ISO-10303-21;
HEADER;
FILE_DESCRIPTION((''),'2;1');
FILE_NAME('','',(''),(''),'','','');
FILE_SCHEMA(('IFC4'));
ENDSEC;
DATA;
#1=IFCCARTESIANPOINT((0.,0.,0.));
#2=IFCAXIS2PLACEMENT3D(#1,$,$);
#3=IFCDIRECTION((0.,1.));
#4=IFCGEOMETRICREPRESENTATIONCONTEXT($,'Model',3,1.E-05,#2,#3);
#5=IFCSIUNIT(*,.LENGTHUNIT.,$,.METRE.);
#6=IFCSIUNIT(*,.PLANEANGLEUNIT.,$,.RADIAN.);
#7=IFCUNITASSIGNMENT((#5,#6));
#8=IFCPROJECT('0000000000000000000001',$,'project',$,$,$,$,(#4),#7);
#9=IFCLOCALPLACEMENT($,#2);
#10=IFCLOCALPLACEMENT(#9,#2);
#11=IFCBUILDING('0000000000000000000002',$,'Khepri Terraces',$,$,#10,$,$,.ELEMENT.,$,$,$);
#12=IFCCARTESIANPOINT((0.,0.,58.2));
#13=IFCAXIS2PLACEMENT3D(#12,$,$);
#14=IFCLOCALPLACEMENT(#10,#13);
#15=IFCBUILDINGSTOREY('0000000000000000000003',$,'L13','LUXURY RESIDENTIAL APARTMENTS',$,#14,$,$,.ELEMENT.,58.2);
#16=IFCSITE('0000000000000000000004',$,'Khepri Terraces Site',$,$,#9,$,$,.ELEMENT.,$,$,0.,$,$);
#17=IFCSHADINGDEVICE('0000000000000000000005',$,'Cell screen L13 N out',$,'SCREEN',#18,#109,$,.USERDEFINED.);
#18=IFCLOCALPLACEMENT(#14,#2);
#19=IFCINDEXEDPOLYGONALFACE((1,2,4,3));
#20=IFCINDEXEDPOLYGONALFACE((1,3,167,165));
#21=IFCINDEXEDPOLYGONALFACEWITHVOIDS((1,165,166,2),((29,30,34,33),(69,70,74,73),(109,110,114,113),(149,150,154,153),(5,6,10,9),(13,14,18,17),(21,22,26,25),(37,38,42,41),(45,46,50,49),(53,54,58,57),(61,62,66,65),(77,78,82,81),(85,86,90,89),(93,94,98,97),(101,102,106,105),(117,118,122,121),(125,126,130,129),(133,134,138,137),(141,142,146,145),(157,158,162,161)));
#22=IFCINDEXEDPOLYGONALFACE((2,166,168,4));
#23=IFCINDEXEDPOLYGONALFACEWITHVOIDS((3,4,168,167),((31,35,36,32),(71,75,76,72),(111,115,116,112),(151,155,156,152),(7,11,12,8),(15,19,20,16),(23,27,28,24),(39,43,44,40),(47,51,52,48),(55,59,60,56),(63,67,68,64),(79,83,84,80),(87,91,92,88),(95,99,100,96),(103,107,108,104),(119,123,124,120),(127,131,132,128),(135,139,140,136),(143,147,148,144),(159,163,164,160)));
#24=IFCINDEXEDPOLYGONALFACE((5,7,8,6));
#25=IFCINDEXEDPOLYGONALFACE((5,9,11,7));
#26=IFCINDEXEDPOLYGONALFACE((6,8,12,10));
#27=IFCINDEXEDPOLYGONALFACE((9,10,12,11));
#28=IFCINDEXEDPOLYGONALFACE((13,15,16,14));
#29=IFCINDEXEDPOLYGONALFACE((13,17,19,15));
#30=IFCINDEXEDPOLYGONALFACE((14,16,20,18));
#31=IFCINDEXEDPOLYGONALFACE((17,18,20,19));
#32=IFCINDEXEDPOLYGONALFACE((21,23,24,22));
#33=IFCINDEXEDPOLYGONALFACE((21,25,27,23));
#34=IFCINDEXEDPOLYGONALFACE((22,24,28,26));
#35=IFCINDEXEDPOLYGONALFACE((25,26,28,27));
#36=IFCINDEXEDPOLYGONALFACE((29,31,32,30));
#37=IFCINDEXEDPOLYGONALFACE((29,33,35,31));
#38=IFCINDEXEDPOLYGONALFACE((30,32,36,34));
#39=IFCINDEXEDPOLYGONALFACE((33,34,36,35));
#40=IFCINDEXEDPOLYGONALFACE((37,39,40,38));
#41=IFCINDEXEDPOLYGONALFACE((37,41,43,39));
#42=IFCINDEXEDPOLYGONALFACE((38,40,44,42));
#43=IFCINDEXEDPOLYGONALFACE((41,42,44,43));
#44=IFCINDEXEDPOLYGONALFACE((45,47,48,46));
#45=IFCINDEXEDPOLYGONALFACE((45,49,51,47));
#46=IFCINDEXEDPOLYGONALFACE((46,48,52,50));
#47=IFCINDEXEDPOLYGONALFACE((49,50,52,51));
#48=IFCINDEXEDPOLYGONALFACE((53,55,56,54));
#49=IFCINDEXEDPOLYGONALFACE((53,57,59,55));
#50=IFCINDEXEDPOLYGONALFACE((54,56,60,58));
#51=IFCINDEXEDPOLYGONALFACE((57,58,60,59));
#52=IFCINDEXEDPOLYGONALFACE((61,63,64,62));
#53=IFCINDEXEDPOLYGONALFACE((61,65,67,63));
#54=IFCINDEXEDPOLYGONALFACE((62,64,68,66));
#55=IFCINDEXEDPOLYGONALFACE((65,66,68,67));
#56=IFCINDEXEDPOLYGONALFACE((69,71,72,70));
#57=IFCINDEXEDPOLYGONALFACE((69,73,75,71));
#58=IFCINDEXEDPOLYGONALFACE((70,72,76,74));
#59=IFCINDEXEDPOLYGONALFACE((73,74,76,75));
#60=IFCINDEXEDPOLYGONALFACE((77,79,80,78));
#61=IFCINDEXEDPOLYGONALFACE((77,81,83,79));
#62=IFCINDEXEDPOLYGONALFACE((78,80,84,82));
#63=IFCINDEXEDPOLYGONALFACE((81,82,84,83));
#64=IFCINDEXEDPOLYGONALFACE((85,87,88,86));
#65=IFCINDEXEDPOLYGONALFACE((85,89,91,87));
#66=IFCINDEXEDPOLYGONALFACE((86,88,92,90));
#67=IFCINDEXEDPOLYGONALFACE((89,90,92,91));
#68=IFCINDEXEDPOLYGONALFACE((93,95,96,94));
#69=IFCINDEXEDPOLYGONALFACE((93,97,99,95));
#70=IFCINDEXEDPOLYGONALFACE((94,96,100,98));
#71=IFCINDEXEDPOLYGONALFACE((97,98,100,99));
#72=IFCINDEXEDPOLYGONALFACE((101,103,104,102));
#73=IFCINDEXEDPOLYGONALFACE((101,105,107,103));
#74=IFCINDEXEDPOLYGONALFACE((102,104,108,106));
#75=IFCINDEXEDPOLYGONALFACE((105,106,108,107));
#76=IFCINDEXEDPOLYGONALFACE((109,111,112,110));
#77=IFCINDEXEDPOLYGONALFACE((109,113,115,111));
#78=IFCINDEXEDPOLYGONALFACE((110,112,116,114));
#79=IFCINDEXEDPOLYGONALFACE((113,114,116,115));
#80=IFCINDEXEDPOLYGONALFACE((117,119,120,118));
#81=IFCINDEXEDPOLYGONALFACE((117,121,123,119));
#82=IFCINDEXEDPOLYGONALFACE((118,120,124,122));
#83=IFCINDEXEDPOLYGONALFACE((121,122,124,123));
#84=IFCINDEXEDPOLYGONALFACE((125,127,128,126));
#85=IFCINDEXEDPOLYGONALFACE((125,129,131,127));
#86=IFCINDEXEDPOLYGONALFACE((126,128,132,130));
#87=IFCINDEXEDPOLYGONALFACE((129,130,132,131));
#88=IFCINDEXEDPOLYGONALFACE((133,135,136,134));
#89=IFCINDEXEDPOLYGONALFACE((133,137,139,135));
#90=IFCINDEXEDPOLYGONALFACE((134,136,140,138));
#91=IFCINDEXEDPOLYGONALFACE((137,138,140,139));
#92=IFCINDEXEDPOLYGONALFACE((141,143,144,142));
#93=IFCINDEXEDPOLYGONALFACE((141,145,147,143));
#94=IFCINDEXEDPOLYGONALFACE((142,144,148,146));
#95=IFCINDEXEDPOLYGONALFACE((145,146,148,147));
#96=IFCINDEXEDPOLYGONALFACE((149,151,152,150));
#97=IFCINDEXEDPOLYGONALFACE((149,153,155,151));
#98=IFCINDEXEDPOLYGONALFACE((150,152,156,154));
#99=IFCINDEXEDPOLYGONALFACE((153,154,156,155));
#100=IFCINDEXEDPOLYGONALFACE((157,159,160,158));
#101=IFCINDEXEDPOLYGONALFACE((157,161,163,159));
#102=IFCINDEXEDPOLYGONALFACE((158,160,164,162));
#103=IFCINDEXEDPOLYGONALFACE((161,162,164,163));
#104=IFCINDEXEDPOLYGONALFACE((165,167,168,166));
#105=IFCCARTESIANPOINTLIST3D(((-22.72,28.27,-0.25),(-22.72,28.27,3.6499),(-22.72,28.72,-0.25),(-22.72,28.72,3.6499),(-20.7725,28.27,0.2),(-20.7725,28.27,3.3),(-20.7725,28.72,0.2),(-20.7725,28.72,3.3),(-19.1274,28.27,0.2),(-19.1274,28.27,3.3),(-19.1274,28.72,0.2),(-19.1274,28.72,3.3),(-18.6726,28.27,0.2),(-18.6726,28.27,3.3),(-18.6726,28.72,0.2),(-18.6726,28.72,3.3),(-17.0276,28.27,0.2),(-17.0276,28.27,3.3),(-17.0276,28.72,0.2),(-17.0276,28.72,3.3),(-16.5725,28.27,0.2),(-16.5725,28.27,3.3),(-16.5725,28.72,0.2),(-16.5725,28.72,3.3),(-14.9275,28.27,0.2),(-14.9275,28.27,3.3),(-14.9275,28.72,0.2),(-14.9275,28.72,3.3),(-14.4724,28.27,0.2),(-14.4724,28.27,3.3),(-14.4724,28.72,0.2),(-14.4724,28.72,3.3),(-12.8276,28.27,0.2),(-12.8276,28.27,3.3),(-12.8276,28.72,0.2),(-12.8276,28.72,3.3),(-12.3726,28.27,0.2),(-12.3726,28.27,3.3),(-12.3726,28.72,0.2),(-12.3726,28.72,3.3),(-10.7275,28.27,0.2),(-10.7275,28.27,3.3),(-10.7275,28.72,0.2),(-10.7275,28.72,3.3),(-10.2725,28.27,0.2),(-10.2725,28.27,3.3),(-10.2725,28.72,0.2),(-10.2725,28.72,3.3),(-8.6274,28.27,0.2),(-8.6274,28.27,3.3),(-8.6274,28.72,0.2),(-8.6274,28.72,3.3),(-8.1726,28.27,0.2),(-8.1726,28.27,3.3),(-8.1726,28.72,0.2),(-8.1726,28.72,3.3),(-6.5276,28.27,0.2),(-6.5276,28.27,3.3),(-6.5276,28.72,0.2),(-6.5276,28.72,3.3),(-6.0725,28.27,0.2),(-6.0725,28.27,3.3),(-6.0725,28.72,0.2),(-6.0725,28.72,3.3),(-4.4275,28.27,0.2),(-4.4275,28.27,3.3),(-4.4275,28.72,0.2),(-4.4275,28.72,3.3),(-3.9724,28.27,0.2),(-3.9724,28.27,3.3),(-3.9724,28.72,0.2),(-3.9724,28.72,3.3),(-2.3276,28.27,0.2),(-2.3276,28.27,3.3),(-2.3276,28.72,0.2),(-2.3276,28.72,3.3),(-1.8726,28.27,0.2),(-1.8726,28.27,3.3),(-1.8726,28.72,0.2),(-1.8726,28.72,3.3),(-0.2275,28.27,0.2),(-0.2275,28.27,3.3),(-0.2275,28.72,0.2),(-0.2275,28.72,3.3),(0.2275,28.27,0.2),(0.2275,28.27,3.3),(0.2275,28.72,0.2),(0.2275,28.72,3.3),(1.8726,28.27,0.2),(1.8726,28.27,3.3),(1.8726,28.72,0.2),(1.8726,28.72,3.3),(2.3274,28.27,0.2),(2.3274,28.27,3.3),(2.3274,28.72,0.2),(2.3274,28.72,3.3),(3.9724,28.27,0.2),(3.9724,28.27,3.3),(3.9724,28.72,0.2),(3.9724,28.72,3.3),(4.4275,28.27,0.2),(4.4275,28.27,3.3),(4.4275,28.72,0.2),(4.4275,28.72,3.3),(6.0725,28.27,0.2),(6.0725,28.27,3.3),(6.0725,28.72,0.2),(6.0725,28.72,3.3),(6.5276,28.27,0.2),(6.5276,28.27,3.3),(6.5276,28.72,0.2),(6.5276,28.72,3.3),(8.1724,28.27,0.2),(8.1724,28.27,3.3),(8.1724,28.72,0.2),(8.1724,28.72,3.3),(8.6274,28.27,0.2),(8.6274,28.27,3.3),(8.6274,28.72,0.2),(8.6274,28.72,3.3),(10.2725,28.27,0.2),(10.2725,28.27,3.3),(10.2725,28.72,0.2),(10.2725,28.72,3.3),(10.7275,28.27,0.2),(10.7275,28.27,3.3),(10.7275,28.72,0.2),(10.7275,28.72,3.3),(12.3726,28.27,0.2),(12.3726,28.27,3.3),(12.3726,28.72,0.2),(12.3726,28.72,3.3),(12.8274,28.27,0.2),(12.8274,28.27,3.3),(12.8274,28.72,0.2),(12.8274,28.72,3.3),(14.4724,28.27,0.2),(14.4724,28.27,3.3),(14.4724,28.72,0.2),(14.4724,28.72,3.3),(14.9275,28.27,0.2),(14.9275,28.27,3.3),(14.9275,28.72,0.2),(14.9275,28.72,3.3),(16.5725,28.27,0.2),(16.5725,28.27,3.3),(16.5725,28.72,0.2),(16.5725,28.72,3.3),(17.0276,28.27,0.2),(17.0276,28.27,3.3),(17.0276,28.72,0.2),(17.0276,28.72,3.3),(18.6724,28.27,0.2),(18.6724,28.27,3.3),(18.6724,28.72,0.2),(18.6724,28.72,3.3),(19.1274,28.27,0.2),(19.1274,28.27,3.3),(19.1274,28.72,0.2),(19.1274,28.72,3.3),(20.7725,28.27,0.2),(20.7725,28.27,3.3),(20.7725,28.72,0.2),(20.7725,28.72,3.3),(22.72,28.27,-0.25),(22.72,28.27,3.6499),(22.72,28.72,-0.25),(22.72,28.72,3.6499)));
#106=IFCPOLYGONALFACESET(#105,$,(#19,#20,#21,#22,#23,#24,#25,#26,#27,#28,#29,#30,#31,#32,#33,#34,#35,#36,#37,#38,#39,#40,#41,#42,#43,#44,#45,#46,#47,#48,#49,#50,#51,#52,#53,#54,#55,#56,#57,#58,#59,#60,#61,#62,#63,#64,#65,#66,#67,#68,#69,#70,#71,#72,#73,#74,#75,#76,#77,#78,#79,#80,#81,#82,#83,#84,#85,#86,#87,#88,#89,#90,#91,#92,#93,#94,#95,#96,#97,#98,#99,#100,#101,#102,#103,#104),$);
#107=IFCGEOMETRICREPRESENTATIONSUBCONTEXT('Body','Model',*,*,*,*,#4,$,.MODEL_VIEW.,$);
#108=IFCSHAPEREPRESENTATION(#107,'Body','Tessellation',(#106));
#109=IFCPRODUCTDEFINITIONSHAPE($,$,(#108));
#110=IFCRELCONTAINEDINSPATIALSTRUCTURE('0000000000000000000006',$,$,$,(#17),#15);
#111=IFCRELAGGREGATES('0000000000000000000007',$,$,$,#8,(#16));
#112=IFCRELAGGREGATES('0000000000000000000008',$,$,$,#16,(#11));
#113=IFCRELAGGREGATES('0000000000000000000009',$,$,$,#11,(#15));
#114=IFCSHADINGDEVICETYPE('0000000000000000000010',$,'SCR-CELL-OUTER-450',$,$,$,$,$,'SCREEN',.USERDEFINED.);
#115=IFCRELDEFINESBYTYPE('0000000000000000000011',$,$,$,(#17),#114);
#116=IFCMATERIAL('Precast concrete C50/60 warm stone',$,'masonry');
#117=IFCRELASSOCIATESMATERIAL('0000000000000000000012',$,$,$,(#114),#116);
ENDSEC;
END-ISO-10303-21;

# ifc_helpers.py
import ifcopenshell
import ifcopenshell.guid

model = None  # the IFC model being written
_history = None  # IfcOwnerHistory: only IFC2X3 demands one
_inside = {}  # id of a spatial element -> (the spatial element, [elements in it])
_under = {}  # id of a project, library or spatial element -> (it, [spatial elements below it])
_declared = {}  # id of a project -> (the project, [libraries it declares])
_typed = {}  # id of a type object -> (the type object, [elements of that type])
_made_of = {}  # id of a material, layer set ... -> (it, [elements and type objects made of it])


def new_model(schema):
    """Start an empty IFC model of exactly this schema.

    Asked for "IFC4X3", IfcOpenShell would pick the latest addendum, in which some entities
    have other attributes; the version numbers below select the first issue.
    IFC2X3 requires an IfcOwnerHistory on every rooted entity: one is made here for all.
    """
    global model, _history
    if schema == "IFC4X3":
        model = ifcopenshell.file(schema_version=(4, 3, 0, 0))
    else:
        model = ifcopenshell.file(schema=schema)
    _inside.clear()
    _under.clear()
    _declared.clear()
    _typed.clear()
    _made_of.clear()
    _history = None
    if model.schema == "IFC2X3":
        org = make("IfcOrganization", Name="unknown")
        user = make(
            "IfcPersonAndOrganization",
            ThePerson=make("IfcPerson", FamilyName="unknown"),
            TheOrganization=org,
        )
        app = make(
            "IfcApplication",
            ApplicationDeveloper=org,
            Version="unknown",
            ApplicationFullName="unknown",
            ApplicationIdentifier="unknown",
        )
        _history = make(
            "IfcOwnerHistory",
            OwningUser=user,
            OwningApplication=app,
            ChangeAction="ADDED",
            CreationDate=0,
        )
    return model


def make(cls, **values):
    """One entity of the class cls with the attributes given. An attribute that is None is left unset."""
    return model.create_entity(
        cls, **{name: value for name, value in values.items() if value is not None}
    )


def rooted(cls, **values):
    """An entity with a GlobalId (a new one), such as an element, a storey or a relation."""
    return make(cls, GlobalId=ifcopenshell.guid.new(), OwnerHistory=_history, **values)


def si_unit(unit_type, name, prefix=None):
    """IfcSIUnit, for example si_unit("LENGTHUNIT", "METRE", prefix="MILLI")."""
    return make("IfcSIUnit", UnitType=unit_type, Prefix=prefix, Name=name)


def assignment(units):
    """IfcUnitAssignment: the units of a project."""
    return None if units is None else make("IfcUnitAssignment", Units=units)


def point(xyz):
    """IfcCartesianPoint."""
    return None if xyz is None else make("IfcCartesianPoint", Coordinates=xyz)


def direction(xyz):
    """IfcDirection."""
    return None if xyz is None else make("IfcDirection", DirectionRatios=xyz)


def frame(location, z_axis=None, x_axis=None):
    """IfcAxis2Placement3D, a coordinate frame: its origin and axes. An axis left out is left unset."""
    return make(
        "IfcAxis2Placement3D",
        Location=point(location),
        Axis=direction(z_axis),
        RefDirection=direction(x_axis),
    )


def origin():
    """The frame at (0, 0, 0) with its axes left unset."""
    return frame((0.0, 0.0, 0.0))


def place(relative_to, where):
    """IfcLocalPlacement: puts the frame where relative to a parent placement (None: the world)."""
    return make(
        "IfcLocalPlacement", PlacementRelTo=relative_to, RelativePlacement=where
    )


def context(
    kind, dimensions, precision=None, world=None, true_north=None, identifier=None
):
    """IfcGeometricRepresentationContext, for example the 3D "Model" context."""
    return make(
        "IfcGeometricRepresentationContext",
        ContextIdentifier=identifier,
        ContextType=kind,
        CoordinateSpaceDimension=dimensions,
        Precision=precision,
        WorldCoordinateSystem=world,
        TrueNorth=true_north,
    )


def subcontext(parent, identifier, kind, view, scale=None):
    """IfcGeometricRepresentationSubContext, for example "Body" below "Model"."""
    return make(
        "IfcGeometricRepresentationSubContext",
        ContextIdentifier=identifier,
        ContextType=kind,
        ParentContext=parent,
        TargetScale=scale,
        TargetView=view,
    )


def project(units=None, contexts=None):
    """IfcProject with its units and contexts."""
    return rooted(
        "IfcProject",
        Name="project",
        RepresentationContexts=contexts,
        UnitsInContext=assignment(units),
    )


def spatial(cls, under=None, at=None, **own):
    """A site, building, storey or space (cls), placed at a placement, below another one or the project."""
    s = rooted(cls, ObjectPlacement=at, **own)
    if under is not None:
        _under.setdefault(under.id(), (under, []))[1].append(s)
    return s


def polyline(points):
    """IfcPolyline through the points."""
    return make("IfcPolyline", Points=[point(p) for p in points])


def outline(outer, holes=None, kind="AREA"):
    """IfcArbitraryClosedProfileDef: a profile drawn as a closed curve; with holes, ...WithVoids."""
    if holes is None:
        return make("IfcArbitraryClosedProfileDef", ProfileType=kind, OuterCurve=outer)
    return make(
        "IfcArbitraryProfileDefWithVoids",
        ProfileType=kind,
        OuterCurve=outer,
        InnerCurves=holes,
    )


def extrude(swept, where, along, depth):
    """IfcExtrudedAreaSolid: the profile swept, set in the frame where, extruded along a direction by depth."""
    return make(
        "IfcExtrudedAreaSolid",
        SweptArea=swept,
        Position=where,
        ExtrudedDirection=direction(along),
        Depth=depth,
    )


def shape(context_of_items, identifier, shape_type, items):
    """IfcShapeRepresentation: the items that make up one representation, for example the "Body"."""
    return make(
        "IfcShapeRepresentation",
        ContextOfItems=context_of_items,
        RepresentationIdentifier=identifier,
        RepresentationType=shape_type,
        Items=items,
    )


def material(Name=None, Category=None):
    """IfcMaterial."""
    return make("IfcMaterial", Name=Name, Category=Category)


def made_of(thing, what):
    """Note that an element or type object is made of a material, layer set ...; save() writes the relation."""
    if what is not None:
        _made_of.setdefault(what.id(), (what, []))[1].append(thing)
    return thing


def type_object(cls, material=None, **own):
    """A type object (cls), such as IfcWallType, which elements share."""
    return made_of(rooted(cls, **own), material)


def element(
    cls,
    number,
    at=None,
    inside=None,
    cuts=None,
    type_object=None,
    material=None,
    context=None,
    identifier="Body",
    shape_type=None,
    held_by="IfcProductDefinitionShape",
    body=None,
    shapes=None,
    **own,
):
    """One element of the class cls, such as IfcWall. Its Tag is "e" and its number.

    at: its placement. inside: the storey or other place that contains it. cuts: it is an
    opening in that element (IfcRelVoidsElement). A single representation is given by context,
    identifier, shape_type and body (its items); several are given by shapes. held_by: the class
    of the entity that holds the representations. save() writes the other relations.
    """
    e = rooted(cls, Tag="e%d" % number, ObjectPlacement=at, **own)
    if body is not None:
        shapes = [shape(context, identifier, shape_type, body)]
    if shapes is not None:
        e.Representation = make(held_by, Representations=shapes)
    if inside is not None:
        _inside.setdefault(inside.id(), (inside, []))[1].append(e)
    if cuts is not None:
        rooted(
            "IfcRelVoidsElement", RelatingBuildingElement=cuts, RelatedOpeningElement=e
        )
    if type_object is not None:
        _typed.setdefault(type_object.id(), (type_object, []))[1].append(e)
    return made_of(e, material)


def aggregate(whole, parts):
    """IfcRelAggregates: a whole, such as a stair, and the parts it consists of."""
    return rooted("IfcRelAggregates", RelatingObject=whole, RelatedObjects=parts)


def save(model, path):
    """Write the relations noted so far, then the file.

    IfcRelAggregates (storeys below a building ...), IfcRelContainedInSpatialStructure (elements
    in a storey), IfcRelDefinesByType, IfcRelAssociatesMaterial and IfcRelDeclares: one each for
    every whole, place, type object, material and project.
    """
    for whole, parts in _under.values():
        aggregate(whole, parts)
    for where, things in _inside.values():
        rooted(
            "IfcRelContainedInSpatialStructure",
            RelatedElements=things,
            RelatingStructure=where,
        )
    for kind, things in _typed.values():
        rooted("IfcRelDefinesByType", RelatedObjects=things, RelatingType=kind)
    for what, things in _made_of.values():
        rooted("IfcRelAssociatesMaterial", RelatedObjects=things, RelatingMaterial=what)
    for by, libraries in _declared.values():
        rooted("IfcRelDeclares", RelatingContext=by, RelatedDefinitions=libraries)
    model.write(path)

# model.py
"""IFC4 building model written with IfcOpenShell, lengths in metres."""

from ifc_helpers import new_model, si_unit, direction, frame, origin, place, context, subcontext, project, spatial, polyline, outline, extrude, material, type_object, element, save


model = new_model("IFC4")

# Units and contexts
model_context = context("Model", 3, precision=1e-05, world=origin(), true_north=direction((0.0, 1.0)))
body_context = subcontext(model_context, "Body", "Model", "MODEL_VIEW")
ifc_project = project(units=[si_unit("LENGTHUNIT", "METRE"), si_unit("PLANEANGLEUNIT", "RADIAN")], contexts=[model_context])

# Site, building, storey
site_placement = place(None, origin())
site = spatial("IfcSite", under=ifc_project, at=site_placement, Name="Khepri Terraces Site", CompositionType="ELEMENT", RefElevation=0.0)
building_placement = place(site_placement, origin())
building = spatial("IfcBuilding", under=site, at=building_placement, Name="Khepri Terraces", CompositionType="ELEMENT")
storey_placement = place(building_placement, frame((0.0, 0.0, 58.2)))
storey = spatial("IfcBuildingStorey", under=building, at=storey_placement, Name="L13", Description="LUXURY RESIDENTIAL APARTMENTS", CompositionType="ELEMENT", Elevation=58.2)

# Shared definitions
ifc_material_1 = material(Name="Precast concrete C50/60 warm stone", Category="masonry")

# Shading device
shading_device_type_1 = type_object("IfcShadingDeviceType", Name="SCR-CELL-OUTER-450", ElementType="SCREEN", PredefinedType="USERDEFINED", material=ifc_material_1)
shading_device_1_placement = place(storey_placement, frame((22.72, 28.27, -0.25), z_axis=(0.0, 1.0, 0.0), x_axis=(-1.0, 0.0, 0.0)))
element("IfcShadingDevice", 1, at=shading_device_1_placement, inside=storey, type_object=shading_device_type_1, Name="Cell screen L13 N out", ObjectType="SCREEN", PredefinedType="USERDEFINED", context=body_context, shape_type="SweptSolid", body=[
    extrude(outline(polyline([(0.0, 0.0), (45.4399, 0.0), (45.4399, 3.8999), (0.0, 3.8999), (0.0, 0.0)]), holes=[polyline([(1.9475, 0.45), (3.5925, 0.45), (3.5925, 3.55), (1.9475, 3.55), (1.9475, 0.45)]), polyline([(4.0476, 0.45), (5.6924, 0.45), (5.6924, 3.55), (4.0476, 3.55), (4.0476, 0.45)]), polyline([(6.1475, 0.45), (7.7925, 0.45), (7.7925, 3.55), (6.1475, 3.55), (6.1475, 0.45)]), polyline([(8.2476, 0.45), (9.8926, 0.45), (9.8926, 3.55), (8.2476, 3.55), (8.2476, 0.45)]), polyline([(10.3474, 0.45), (11.9924, 0.45), (11.9924, 3.55), (10.3474, 3.55), (10.3474, 0.45)]), polyline([(12.4475, 0.45), (14.0925, 0.45), (14.0925, 3.55), (12.4475, 3.55), (12.4475, 0.45)]), polyline([(14.5476, 0.45), (16.1924, 0.45), (16.1924, 3.55), (14.5476, 3.55), (14.5476, 0.45)]), polyline([(16.6475, 0.45), (18.2925, 0.45), (18.2925, 3.55), (16.6475, 3.55), (16.6475, 0.45)]), polyline([(18.7476, 0.45), (20.3926, 0.45), (20.3926, 3.55), (18.7476, 3.55), (18.7476, 0.45)]), polyline([(20.8474, 0.45), (22.4924, 0.45), (22.4924, 3.55), (20.8474, 3.55), (20.8474, 0.45)]), polyline([(22.9475, 0.45), (24.5925, 0.45), (24.5925, 3.55), (22.9475, 3.55), (22.9475, 0.45)]), polyline([(25.0476, 0.45), (26.6924, 0.45), (26.6924, 3.55), (25.0476, 3.55), (25.0476, 0.45)]), polyline([(27.1475, 0.45), (28.7925, 0.45), (28.7925, 3.55), (27.1475, 3.55), (27.1475, 0.45)]), polyline([(29.2476, 0.45), (30.8926, 0.45), (30.8926, 3.55), (29.2476, 3.55), (29.2476, 0.45)]), polyline([(31.3474, 0.45), (32.9924, 0.45), (32.9924, 3.55), (31.3474, 3.55), (31.3474, 0.45)]), polyline([(33.4475, 0.45), (35.0925, 0.45), (35.0925, 3.55), (33.4475, 3.55), (33.4475, 0.45)]), polyline([(35.5476, 0.45), (37.1924, 0.45), (37.1924, 3.55), (35.5476, 3.55), (35.5476, 0.45)]), polyline([(37.6475, 0.45), (39.2925, 0.45), (39.2925, 3.55), (37.6475, 3.55), (37.6475, 0.45)]), polyline([(39.7476, 0.45), (41.3926, 0.45), (41.3926, 3.55), (39.7476, 3.55), (39.7476, 0.45)]), polyline([(41.8474, 0.45), (43.4924, 0.45), (43.4924, 3.55), (41.8474, 3.55), (41.8474, 0.45)])]), origin(), (0.0, 0.0, 1.0), 0.45),
])

save(model, "model.ifc")
